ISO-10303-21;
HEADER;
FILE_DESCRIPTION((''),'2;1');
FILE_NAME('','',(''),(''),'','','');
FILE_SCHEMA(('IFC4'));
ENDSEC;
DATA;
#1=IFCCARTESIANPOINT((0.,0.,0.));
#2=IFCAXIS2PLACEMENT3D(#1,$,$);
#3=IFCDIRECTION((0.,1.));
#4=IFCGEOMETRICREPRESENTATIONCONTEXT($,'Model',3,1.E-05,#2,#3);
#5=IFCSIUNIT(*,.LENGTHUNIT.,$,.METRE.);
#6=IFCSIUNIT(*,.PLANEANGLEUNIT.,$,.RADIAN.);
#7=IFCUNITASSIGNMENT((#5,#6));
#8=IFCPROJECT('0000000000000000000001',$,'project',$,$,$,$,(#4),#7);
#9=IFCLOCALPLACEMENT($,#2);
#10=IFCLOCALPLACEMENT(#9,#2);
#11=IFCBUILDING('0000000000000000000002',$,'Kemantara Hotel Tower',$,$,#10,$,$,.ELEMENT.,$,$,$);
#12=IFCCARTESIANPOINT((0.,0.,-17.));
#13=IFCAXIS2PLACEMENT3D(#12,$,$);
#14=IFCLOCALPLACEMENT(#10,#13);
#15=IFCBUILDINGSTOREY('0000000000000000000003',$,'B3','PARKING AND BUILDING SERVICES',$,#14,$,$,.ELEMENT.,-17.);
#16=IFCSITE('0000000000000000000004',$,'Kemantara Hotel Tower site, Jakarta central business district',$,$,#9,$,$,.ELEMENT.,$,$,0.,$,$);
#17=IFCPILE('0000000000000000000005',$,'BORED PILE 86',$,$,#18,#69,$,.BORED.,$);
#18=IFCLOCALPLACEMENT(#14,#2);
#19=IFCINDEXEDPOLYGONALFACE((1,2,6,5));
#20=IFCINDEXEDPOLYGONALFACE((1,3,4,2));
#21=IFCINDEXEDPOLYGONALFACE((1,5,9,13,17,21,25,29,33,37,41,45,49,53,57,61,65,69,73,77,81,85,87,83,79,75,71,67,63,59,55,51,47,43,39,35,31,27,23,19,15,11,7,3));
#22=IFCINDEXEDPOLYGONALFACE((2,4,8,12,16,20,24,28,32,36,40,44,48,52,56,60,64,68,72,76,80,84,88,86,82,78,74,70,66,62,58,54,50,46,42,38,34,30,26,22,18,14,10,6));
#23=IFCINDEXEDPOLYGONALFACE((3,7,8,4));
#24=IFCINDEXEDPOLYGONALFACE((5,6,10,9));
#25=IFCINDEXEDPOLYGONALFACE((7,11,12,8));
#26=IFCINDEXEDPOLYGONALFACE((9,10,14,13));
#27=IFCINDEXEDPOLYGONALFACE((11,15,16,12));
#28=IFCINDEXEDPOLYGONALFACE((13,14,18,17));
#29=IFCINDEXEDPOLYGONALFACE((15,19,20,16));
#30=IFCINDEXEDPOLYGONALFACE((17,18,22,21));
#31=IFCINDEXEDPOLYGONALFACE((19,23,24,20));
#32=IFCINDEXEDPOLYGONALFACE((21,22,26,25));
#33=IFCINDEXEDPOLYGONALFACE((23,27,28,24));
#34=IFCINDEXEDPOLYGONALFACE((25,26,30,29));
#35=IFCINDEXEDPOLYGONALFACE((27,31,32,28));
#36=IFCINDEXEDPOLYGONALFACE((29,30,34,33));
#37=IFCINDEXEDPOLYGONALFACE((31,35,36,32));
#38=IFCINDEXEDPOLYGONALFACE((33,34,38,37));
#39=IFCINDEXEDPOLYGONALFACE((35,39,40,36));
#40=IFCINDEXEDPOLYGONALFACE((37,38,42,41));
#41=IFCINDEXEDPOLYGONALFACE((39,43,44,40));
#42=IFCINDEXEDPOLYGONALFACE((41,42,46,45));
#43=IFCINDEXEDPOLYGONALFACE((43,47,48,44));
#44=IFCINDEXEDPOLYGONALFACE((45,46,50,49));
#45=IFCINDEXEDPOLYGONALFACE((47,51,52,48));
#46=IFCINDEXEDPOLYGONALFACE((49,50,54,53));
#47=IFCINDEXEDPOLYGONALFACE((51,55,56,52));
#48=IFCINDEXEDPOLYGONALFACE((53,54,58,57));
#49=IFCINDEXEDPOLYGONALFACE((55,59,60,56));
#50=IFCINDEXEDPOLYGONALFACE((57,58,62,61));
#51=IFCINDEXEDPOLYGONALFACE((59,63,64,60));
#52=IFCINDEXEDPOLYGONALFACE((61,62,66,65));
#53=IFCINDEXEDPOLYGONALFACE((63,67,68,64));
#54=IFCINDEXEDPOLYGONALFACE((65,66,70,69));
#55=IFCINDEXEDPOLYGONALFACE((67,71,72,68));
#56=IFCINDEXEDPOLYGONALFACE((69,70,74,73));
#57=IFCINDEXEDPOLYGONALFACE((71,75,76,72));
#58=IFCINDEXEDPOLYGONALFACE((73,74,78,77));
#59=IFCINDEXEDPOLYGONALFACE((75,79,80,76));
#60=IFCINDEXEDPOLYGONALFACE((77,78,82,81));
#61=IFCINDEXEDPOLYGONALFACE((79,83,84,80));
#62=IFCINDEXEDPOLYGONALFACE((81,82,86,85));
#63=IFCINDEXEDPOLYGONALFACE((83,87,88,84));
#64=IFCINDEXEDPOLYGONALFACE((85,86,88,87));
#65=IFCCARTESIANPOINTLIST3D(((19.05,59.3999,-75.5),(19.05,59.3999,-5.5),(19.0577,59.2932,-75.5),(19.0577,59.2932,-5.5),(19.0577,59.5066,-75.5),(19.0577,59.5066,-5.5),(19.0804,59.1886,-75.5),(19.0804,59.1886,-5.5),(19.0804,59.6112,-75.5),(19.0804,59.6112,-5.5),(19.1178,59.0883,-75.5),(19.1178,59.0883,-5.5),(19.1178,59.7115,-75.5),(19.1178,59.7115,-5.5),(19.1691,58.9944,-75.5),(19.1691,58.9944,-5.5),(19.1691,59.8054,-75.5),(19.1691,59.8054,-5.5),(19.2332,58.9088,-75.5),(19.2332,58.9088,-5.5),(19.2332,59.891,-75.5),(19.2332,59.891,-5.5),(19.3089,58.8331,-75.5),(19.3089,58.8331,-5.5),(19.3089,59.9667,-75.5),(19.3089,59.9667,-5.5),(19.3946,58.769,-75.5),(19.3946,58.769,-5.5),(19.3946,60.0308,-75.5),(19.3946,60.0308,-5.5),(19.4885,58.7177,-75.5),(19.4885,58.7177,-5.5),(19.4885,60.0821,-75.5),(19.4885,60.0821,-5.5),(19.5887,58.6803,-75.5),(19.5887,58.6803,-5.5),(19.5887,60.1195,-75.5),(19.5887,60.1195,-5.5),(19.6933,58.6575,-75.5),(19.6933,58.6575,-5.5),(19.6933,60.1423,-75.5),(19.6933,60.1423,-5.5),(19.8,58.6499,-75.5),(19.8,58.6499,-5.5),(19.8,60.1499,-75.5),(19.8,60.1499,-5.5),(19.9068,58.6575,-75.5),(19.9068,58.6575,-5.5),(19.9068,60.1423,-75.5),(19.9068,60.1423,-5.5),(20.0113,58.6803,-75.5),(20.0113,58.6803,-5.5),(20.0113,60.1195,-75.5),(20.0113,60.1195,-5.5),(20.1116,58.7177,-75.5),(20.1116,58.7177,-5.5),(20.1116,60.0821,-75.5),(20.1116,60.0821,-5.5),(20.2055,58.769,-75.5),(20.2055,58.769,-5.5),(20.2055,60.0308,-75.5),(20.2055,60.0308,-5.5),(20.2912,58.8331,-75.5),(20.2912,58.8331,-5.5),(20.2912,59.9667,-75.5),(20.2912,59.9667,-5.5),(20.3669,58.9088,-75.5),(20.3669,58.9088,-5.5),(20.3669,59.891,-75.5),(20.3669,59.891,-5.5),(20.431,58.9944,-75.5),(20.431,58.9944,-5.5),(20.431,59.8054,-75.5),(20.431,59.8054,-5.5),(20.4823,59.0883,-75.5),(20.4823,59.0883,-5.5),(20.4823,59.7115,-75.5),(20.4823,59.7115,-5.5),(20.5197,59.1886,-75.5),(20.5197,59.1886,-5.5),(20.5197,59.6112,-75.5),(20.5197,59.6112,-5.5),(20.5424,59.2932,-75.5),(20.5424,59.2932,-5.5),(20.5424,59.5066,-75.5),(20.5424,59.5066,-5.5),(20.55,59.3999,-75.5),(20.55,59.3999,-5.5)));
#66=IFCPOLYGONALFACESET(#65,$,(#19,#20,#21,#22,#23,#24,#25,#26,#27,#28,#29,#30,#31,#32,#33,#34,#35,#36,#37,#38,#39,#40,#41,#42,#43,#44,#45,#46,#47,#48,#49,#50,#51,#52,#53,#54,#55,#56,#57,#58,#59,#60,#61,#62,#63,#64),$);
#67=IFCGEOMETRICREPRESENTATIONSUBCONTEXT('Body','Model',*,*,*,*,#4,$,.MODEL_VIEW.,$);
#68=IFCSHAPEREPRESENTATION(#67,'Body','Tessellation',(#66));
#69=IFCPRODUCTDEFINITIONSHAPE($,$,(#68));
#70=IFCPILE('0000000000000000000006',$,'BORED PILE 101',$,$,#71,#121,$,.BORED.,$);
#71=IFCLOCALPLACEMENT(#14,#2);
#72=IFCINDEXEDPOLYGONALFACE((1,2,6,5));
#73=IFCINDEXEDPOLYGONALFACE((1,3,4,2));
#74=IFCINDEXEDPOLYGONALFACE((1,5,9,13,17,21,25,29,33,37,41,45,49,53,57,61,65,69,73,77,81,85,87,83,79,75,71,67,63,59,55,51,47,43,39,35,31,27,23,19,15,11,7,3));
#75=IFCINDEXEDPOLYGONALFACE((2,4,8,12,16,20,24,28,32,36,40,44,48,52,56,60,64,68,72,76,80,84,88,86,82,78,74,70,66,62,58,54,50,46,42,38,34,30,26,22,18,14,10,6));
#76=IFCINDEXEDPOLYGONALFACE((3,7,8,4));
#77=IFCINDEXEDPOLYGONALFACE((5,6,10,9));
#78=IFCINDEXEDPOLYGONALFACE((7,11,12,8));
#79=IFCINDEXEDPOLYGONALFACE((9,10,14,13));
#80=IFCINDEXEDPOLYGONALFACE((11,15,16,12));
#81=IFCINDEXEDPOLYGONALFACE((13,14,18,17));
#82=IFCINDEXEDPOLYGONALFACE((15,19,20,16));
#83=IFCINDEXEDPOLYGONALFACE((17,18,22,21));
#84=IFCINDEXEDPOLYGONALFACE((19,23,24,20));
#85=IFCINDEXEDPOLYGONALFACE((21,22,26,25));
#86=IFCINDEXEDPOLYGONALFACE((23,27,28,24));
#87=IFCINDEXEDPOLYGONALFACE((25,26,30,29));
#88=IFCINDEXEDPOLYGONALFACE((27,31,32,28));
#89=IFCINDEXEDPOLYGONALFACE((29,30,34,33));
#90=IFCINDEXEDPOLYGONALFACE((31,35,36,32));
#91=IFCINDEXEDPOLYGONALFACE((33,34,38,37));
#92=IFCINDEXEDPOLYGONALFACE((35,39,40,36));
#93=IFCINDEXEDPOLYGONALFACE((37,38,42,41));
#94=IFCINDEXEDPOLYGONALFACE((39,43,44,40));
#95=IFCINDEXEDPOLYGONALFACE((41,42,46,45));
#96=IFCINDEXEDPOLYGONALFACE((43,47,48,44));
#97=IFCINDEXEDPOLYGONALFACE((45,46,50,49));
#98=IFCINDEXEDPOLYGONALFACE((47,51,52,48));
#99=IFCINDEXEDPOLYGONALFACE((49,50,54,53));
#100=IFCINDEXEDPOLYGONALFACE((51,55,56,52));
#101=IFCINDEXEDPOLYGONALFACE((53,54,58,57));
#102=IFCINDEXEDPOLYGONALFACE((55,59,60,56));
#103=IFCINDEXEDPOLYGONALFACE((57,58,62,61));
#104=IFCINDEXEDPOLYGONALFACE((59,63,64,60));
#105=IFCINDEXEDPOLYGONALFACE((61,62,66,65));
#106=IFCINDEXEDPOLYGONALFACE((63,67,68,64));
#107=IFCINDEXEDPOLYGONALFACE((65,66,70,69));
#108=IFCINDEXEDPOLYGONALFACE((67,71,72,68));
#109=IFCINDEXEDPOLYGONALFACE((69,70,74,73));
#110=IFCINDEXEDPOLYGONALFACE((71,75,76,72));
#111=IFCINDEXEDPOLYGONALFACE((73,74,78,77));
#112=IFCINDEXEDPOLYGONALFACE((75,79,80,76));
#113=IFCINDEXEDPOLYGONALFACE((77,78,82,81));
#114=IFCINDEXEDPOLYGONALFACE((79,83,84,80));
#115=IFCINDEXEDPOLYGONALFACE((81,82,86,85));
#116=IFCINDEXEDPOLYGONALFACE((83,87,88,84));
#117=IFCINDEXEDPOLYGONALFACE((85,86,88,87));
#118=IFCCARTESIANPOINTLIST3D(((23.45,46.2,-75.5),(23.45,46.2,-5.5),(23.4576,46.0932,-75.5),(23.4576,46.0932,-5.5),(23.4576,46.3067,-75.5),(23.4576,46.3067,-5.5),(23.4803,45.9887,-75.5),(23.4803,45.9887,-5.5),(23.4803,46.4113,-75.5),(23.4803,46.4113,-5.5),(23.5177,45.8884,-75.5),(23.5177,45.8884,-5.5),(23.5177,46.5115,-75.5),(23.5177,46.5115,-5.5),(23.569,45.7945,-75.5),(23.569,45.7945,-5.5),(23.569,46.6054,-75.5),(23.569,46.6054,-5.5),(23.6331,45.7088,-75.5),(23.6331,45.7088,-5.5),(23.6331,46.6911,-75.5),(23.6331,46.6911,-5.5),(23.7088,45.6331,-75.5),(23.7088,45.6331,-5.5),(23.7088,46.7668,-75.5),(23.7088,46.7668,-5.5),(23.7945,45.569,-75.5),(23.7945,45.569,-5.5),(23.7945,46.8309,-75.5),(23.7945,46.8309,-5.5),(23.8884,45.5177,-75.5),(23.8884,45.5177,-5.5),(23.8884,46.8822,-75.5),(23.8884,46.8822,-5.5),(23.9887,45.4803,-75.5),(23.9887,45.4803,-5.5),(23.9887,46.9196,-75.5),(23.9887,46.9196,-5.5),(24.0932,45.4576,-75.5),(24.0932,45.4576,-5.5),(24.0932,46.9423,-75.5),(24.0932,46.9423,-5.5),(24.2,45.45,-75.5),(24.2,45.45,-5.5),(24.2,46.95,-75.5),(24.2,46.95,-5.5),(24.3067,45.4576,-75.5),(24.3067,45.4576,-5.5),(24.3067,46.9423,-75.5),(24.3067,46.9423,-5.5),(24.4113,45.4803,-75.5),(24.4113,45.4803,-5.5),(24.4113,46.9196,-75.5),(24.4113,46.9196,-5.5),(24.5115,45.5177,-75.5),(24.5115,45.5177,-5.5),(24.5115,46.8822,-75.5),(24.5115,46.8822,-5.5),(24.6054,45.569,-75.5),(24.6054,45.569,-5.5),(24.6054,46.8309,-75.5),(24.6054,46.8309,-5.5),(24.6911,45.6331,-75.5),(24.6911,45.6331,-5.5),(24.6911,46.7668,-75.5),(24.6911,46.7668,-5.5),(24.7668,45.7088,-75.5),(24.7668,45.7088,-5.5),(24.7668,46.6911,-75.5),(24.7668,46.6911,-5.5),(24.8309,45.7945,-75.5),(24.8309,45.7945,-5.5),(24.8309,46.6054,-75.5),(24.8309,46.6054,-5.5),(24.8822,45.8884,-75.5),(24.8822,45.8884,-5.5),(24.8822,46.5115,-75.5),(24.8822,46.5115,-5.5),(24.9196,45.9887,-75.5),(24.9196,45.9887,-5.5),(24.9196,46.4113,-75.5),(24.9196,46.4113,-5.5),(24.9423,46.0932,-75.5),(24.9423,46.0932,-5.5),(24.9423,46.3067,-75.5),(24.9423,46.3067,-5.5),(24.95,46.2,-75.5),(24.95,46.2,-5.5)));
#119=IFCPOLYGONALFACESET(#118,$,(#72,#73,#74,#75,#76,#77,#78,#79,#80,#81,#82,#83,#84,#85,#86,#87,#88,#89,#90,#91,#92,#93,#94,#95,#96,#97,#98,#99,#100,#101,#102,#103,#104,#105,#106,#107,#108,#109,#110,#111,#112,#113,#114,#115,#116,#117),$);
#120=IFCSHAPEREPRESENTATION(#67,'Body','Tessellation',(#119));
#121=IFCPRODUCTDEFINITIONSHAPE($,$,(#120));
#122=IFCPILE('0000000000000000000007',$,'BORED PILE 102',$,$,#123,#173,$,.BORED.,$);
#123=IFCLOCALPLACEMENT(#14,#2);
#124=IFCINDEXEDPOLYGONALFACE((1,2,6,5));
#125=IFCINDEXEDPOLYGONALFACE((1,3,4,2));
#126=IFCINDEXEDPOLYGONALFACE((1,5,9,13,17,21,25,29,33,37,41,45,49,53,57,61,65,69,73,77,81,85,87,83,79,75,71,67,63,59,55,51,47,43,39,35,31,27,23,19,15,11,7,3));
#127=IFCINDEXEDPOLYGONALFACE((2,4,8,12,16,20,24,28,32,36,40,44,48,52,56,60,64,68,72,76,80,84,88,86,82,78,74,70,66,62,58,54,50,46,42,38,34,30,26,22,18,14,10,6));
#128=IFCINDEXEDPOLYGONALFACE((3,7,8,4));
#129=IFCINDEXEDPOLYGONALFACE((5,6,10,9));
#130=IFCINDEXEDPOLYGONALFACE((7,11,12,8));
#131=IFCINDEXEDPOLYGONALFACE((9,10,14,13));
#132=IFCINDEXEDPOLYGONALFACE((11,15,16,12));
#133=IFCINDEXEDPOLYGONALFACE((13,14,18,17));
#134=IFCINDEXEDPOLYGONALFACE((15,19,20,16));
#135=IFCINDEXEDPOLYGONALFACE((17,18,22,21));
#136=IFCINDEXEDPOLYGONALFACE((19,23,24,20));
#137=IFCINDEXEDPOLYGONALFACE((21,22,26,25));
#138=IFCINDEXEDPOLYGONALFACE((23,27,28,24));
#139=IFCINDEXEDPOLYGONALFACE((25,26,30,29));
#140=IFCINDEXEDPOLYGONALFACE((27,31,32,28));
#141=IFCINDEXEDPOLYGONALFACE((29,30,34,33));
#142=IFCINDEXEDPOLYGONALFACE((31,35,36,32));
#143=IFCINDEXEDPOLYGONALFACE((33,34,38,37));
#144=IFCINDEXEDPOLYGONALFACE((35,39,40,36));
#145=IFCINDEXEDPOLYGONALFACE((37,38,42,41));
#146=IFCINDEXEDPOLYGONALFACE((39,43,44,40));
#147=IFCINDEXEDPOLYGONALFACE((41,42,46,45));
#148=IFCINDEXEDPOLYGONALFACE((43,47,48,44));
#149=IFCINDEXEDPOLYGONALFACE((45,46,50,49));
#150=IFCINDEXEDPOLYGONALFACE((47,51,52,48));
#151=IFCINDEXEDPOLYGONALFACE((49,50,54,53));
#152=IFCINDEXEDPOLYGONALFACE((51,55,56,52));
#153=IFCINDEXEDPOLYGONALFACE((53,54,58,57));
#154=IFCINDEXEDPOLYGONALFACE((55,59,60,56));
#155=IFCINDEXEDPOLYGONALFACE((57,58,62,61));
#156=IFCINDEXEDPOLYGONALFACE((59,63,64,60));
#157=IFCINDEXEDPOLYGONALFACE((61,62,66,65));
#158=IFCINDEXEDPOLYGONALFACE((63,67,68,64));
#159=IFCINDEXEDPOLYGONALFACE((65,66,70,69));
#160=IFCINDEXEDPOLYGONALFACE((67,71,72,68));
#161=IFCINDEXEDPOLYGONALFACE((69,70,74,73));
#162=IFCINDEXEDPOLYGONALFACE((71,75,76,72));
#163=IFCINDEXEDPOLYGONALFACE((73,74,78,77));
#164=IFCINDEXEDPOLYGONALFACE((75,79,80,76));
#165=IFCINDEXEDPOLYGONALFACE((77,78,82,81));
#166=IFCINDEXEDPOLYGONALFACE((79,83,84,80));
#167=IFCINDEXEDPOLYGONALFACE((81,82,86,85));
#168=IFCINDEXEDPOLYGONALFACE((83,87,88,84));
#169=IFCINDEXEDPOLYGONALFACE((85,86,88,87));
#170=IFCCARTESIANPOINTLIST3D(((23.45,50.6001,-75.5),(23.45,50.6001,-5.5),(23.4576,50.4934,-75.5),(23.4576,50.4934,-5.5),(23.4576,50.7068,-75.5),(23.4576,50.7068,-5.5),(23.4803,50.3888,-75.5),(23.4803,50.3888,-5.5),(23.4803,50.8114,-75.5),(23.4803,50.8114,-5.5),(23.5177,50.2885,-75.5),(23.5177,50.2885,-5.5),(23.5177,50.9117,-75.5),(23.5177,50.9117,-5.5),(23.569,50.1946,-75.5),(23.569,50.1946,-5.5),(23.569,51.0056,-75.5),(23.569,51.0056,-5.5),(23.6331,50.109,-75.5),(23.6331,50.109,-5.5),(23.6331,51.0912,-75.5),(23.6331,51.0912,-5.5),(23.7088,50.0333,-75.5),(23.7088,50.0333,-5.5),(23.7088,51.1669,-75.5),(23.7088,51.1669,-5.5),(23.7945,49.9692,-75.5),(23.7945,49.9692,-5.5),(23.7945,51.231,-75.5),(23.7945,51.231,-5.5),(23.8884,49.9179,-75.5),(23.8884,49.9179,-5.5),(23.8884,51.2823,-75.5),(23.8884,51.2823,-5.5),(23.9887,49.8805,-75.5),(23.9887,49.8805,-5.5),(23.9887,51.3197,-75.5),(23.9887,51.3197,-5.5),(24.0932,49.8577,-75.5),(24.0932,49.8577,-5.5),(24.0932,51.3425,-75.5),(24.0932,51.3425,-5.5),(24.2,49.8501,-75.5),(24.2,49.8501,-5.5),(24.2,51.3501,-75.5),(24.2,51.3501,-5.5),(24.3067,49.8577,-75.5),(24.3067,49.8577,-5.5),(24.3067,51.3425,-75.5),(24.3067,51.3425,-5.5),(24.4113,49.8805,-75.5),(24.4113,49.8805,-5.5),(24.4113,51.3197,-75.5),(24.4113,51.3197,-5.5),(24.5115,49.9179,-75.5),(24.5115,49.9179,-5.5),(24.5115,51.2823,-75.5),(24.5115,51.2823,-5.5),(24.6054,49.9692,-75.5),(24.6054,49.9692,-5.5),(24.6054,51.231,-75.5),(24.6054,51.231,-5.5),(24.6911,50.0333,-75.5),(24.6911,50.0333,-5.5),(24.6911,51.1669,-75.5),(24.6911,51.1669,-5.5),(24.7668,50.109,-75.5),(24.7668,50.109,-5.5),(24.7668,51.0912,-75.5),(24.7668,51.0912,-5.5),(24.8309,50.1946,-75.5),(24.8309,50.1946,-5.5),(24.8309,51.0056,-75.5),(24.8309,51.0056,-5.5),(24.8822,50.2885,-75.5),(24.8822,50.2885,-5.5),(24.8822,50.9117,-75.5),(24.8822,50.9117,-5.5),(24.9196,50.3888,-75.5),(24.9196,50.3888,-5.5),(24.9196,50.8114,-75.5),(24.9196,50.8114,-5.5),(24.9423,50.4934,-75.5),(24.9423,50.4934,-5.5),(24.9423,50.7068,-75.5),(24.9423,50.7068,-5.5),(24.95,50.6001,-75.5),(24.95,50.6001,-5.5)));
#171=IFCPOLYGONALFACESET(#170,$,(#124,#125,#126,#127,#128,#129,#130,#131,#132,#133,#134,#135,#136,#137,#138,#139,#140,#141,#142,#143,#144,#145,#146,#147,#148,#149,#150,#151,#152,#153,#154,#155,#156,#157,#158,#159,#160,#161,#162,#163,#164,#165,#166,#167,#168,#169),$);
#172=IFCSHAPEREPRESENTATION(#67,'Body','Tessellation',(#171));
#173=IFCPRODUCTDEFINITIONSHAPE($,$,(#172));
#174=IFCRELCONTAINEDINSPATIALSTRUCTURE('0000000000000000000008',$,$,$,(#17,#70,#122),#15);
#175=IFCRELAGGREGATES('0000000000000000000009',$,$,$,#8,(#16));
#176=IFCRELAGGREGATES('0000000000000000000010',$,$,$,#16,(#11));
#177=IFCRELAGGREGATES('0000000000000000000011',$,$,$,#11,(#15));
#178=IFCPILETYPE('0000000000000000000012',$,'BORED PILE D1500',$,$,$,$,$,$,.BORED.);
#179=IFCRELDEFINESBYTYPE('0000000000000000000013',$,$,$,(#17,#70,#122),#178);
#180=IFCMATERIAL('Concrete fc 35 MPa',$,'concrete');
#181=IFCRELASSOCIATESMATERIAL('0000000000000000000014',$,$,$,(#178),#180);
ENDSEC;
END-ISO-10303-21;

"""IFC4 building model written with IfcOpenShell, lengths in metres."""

from ifc_helpers import new_model, si_unit, direction, frame, origin, origin_2d, place, context, subcontext, project, spatial, circle, extrude, material, material_profile, profile_set, type_object, element, save


model = new_model("IFC4")

# Units and contexts
model_context = context("Model", 3, precision=1e-05, world=origin(), true_north=direction((0.0, 1.0)))
body_context = subcontext(model_context, "Body", "Model", "MODEL_VIEW")
ifc_project = project(units=[si_unit("LENGTHUNIT", "METRE"), si_unit("PLANEANGLEUNIT", "RADIAN")], contexts=[model_context])

# Site, building, storey
site_placement = place(None, origin())
site = spatial("IfcSite", under=ifc_project, at=site_placement, Name="Kemantara Hotel Tower site, Jakarta central business district", CompositionType="ELEMENT", RefElevation=0.0)
building_placement = place(site_placement, origin())
building = spatial("IfcBuilding", under=site, at=building_placement, Name="Kemantara Hotel Tower", CompositionType="ELEMENT")
storey_placement = place(building_placement, frame((0.0, 0.0, -17.0)))
storey = spatial("IfcBuildingStorey", under=building, at=storey_placement, Name="B3", Description="PARKING AND BUILDING SERVICES", CompositionType="ELEMENT", Elevation=-17.0)

# Piles
ifc_material_1 = material(Name="Concrete fc 35 MPa", Category="concrete")
ifc_material_profile_1 = material_profile(ifc_material_1, circle(Radius=0.75, at=origin_2d()), Name="BORED PILE D1500")
ifc_profile_set_1 = profile_set([ifc_material_profile_1], Name="Concrete fc 35 MPa")
pile_type = type_object("IfcPileType", Name="BORED PILE D1500", PredefinedType="BORED", material=ifc_profile_set_1)
for number, where, z_axis, x_axis, name in (
    (1, (19.8, 59.3999, -5.5), (0.0, 0.0, -1.0), (1.0, 0.0, 0.0), "BORED PILE 86"),
    (2, (24.2, 46.2, -5.5), (0.0, 0.0, -1.0), (1.0, 0.0, 0.0), "BORED PILE 101"),
    (3, (24.2, 50.6001, -5.5), (0.0, 0.0, -1.0), (1.0, 0.0, 0.0), "BORED PILE 102"),
):
    element("IfcPile", number, at=place(storey_placement, frame(where, z_axis=z_axis, x_axis=x_axis)), inside=storey, type_object=pile_type, Name=name, PredefinedType="BORED", context=body_context, shape_type="SweptSolid", body=[
        extrude(circle(Radius=0.75, at=origin_2d()), origin(), (0.0, 0.0, 1.0), 70.0),
    ])

save(model, "model.ifc")
